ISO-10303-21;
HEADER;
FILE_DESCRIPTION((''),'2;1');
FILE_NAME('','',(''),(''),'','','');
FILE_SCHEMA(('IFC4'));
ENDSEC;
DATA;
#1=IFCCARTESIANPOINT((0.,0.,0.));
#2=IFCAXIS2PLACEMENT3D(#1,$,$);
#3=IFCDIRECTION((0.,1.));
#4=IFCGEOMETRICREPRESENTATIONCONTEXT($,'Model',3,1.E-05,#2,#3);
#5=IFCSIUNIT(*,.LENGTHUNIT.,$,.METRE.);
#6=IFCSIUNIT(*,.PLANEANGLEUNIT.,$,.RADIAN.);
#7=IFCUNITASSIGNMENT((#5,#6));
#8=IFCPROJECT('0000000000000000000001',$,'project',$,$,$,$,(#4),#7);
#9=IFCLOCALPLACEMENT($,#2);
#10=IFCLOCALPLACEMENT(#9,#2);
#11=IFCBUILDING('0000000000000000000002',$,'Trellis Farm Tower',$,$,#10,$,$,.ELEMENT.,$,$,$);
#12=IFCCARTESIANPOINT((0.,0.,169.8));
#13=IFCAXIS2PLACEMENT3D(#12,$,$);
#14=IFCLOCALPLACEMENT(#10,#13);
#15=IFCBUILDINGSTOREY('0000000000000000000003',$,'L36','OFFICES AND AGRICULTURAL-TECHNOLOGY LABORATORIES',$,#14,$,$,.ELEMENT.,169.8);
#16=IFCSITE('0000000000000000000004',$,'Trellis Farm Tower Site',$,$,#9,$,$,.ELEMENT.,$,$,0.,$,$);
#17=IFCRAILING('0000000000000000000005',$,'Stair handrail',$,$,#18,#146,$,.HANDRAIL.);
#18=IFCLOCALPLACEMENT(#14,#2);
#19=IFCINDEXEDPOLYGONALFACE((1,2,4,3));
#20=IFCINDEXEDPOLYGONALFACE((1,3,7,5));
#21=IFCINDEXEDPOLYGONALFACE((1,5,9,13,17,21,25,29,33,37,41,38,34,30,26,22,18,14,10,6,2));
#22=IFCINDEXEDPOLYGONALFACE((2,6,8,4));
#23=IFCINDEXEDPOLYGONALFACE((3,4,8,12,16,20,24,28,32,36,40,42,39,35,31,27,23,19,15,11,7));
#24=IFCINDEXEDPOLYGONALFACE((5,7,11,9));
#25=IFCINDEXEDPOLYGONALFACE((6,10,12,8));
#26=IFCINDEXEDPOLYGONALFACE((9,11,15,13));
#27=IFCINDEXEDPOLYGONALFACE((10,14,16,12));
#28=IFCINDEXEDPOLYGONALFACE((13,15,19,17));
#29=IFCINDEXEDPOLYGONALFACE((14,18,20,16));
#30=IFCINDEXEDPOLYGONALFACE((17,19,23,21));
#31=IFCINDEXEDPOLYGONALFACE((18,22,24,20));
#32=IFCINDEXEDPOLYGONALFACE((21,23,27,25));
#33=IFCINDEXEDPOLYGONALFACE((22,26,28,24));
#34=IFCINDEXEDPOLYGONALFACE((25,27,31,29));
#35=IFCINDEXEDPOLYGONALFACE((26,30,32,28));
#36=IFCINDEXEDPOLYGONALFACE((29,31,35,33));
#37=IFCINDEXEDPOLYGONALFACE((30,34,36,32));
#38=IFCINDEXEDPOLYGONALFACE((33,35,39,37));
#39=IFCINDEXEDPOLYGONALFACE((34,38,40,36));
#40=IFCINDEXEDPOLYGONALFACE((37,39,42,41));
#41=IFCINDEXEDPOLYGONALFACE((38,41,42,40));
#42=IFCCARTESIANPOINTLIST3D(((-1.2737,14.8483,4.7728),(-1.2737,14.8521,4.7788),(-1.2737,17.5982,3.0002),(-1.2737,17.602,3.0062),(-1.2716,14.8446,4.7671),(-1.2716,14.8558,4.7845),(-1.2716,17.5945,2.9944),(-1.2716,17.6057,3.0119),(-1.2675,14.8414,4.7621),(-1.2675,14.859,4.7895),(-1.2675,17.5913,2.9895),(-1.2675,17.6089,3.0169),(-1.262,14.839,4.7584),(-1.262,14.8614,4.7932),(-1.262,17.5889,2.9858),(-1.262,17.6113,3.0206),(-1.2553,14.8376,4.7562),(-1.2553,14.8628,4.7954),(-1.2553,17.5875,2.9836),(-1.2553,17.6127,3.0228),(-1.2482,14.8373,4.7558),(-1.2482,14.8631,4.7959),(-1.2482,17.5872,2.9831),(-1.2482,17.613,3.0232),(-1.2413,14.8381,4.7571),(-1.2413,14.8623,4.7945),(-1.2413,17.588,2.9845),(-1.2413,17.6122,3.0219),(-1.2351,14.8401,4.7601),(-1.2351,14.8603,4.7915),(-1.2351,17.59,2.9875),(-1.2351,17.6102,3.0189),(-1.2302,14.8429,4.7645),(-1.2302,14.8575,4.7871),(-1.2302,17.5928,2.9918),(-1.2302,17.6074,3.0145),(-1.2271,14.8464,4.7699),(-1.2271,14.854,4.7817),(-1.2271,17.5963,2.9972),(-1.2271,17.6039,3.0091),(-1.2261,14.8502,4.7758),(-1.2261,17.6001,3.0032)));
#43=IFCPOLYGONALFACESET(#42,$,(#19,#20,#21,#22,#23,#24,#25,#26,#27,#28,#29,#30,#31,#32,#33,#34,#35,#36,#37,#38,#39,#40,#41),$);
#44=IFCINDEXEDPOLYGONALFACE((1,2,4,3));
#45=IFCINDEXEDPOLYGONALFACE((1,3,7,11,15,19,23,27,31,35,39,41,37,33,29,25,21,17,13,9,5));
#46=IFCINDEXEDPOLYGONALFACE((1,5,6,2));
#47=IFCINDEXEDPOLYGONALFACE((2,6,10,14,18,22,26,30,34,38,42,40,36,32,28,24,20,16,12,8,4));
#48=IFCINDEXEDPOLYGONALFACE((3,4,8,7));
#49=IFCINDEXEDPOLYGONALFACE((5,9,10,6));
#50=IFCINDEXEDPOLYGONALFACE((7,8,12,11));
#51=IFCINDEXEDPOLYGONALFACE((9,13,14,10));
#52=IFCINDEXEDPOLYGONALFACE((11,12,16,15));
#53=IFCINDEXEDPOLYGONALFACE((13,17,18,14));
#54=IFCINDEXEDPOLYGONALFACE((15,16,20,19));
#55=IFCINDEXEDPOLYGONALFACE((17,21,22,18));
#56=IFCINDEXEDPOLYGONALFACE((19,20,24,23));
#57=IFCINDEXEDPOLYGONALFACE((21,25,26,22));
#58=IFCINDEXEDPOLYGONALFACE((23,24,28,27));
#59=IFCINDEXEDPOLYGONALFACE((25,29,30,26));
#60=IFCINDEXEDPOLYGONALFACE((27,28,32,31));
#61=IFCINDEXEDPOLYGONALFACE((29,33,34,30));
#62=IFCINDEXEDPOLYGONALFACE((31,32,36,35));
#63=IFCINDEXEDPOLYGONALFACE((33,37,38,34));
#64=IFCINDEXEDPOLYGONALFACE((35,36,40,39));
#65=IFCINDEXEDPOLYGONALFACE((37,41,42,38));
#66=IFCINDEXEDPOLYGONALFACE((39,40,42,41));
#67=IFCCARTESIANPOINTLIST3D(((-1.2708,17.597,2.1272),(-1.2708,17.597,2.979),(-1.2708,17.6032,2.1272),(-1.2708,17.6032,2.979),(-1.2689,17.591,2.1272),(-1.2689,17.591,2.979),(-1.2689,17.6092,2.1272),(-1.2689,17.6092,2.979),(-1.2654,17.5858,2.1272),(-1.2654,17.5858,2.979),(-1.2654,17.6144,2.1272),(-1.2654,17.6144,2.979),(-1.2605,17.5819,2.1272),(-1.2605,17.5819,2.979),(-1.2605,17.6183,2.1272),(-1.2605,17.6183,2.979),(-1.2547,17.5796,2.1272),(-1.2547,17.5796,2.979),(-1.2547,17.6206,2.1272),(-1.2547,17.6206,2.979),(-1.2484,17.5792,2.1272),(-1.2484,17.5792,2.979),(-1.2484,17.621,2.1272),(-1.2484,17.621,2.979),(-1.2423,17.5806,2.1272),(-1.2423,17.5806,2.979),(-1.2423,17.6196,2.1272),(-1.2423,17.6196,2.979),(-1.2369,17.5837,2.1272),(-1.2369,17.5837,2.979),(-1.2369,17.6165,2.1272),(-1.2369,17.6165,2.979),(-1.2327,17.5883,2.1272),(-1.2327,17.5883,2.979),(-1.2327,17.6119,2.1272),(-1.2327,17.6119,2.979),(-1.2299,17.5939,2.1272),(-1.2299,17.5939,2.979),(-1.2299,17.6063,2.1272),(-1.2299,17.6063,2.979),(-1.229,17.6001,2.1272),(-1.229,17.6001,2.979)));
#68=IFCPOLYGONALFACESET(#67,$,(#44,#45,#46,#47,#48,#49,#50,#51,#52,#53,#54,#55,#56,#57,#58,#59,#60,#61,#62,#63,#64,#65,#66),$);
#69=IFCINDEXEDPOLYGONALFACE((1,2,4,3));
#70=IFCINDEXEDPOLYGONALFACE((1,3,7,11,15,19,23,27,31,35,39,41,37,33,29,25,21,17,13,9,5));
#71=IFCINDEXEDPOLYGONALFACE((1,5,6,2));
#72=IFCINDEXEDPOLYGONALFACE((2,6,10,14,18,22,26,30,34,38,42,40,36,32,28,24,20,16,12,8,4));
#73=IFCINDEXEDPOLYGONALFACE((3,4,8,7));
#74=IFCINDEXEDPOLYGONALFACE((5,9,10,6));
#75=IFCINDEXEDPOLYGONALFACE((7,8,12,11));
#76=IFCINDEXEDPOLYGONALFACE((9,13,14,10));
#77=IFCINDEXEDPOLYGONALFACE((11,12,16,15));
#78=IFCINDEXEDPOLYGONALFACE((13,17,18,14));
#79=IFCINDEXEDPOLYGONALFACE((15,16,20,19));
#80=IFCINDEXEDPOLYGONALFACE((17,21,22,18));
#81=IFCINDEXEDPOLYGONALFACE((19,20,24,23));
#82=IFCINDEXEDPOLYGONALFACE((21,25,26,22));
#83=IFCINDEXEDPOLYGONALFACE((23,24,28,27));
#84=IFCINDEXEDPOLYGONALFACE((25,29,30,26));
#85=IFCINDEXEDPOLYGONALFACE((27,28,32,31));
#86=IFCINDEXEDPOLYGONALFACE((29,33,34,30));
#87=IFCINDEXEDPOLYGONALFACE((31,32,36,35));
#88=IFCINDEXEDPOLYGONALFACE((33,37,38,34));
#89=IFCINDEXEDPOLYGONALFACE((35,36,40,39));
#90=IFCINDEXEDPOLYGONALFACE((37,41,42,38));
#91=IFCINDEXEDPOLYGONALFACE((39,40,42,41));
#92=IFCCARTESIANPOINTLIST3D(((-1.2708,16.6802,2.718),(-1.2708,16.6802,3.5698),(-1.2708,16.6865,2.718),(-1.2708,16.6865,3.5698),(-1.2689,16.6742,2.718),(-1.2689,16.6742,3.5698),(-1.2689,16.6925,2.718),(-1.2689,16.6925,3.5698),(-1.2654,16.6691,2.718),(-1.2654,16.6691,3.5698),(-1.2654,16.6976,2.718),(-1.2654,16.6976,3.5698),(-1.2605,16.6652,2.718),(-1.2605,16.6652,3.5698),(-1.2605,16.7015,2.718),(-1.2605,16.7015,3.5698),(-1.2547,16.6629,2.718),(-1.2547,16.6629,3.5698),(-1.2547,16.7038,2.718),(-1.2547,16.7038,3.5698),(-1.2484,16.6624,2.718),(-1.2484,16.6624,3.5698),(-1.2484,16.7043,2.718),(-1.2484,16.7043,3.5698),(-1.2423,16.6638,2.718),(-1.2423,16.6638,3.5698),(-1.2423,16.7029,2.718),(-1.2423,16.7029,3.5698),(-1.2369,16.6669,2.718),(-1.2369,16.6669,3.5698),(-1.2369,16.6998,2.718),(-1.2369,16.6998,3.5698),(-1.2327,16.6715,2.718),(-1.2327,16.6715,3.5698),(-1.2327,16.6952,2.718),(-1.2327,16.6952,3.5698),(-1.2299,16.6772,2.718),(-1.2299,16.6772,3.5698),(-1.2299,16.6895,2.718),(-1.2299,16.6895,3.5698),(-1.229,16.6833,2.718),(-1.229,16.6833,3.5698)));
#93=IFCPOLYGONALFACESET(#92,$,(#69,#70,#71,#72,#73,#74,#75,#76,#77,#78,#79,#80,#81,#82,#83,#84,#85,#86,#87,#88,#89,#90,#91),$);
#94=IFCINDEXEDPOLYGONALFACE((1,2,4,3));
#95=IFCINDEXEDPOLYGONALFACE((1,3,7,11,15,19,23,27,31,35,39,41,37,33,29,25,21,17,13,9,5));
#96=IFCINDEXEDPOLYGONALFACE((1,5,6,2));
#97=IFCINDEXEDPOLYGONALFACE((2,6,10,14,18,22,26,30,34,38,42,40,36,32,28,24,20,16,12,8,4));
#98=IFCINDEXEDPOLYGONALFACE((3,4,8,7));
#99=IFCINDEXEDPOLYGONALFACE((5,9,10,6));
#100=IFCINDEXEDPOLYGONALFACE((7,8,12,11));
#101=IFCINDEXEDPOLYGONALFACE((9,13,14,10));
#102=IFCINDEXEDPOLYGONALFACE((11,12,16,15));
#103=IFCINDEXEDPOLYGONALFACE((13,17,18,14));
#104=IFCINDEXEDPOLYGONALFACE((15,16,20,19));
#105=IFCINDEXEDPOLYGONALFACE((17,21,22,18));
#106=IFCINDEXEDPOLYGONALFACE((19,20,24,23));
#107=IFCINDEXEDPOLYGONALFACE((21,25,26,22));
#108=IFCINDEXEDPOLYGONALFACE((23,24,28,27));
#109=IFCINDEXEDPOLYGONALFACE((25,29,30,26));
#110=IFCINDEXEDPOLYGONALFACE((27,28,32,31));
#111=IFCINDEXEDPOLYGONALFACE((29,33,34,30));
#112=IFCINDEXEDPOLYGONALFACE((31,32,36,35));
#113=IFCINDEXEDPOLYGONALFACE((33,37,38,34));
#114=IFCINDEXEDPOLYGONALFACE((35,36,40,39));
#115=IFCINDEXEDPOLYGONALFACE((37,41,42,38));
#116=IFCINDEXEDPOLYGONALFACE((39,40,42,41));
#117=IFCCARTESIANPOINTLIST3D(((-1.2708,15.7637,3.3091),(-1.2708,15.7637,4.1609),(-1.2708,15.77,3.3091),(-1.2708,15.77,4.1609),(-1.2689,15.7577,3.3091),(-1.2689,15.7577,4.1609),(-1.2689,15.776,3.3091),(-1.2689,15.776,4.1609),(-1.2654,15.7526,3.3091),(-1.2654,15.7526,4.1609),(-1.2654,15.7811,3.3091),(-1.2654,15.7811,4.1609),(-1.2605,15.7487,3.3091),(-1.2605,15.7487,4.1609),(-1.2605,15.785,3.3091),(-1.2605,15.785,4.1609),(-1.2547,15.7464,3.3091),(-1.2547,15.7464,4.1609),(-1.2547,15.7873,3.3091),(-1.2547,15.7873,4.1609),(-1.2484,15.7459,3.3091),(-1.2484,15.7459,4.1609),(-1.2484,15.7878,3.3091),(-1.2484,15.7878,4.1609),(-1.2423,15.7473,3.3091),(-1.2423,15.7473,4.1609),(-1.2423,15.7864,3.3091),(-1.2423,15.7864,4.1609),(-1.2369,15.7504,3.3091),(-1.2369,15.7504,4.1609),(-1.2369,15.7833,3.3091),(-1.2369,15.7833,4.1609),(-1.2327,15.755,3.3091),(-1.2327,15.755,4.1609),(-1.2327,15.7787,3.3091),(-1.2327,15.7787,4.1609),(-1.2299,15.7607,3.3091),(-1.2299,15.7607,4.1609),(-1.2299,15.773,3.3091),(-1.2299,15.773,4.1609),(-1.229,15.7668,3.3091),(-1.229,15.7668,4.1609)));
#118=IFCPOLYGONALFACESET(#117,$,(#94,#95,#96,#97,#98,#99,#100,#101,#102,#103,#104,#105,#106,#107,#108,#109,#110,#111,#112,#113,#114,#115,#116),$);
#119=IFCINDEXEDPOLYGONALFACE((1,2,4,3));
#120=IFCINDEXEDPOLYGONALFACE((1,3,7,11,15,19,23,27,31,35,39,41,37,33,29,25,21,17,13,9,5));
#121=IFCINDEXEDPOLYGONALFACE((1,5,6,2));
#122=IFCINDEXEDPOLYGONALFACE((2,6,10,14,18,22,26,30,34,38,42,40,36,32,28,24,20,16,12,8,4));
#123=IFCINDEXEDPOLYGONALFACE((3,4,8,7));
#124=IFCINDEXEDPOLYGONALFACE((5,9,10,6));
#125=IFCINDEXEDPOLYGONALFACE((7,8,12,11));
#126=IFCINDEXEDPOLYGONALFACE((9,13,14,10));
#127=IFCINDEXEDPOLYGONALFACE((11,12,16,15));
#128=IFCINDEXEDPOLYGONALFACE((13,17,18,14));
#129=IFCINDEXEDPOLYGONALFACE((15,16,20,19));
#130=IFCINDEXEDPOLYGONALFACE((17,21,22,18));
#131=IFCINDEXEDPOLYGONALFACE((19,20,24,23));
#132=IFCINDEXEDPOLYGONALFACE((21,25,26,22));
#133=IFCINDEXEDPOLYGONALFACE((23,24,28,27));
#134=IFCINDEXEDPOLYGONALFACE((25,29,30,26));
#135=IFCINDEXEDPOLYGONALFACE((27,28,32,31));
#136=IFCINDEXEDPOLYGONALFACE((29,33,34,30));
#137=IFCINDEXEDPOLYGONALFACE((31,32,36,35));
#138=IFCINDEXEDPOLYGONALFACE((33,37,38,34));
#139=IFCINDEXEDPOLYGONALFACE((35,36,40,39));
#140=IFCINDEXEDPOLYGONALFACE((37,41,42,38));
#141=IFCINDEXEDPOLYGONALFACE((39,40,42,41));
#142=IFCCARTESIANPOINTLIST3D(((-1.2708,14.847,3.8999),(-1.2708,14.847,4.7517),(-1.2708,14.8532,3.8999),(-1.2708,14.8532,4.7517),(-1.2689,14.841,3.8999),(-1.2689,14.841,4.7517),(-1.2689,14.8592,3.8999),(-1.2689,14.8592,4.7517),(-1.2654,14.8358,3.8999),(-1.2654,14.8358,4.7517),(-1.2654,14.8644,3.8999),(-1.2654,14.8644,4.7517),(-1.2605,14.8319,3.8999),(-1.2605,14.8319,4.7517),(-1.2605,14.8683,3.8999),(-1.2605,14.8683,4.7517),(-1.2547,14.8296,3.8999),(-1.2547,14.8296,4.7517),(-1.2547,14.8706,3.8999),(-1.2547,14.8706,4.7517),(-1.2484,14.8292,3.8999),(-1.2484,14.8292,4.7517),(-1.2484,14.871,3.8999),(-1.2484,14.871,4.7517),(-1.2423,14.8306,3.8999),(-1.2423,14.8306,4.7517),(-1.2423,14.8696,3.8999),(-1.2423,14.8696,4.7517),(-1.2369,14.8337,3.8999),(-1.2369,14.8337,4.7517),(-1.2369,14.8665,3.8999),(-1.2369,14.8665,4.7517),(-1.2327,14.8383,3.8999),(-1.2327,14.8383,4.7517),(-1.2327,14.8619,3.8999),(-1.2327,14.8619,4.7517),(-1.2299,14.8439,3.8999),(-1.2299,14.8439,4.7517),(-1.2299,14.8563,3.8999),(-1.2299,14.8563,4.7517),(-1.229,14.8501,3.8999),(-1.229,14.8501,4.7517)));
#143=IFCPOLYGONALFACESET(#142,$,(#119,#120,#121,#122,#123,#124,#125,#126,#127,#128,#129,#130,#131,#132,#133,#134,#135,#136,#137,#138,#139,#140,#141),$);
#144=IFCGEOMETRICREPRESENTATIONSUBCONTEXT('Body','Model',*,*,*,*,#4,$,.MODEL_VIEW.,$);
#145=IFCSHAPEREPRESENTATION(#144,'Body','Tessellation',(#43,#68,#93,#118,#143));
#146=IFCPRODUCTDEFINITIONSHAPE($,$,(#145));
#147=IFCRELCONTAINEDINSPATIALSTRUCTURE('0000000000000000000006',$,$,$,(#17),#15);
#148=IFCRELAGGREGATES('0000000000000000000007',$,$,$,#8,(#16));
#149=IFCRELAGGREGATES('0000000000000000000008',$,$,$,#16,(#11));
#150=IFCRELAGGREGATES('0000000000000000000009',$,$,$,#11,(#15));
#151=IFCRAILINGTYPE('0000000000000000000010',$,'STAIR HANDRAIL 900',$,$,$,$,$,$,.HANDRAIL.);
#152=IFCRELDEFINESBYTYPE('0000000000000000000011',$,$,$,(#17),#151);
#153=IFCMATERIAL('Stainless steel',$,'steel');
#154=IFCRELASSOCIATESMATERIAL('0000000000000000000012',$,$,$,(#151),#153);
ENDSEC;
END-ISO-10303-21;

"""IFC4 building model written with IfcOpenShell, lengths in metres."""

from ifc_helpers import new_model, si_unit, direction, frame, origin, origin_2d, place, context, subcontext, project, spatial, circle, extrude, source, transform, mapped, material, type_object, element, save


model = new_model("IFC4")

# Units and contexts
model_context = context("Model", 3, precision=1e-05, world=origin(), true_north=direction((0.0, 1.0)))
body_context = subcontext(model_context, "Body", "Model", "MODEL_VIEW")
ifc_project = project(units=[si_unit("LENGTHUNIT", "METRE"), si_unit("PLANEANGLEUNIT", "RADIAN")], contexts=[model_context])

# Site, building, storey
site_placement = place(None, origin())
site = spatial("IfcSite", under=ifc_project, at=site_placement, Name="Trellis Farm Tower Site", CompositionType="ELEMENT", RefElevation=0.0)
building_placement = place(site_placement, origin())
building = spatial("IfcBuilding", under=site, at=building_placement, Name="Trellis Farm Tower", CompositionType="ELEMENT")
storey_placement = place(building_placement, frame((0.0, 0.0, 169.8)))
storey = spatial("IfcBuildingStorey", under=building, at=storey_placement, Name="L36", Description="OFFICES AND AGRICULTURAL-TECHNOLOGY LABORATORIES", CompositionType="ELEMENT", Elevation=169.8)

# Railing
ifc_material_1 = material(Name="Stainless steel", Category="steel")
railing_type = type_object("IfcRailingType", Name="STAIR HANDRAIL 900", PredefinedType="HANDRAIL", material=ifc_material_1)
shared_shape_1 = source(origin(), body_context, "Body", "SweptSolid", [
    extrude(circle(Radius=0.0239, at=origin_2d()), frame((0.0, 0.0, 0.876), z_axis=(0.0, -0.840504, 0.541806), x_axis=(1.0, 0.0, 0.0)), (0.0, 0.0, 1.0), 3.2717),
    extrude(circle(Radius=0.021, at=origin_2d()), origin(), (0.0, 0.0, 1.0), 0.8518),
    extrude(circle(Radius=0.021, at=origin_2d()), frame((0.0, -0.9167, 0.5908)), (0.0, 0.0, 1.0), 0.8518),
    extrude(circle(Radius=0.021, at=origin_2d()), frame((0.0, -1.8333, 1.1819)), (0.0, 0.0, 1.0), 0.8518),
    extrude(circle(Radius=0.021, at=origin_2d()), frame((0.0, -2.75, 1.7727)), (0.0, 0.0, 1.0), 0.8518),
])
railing_placement = place(storey_placement, frame((-1.25, 17.6001, 2.1272)))
element("IfcRailing", 1, at=railing_placement, inside=storey, type_object=railing_type, Name="Stair handrail", PredefinedType="HANDRAIL", context=body_context, shape_type="MappedRepresentation", body=[
    mapped(shared_shape_1, transform((0.0, 0.0, 0.0))),
])

save(model, "model.ifc")
